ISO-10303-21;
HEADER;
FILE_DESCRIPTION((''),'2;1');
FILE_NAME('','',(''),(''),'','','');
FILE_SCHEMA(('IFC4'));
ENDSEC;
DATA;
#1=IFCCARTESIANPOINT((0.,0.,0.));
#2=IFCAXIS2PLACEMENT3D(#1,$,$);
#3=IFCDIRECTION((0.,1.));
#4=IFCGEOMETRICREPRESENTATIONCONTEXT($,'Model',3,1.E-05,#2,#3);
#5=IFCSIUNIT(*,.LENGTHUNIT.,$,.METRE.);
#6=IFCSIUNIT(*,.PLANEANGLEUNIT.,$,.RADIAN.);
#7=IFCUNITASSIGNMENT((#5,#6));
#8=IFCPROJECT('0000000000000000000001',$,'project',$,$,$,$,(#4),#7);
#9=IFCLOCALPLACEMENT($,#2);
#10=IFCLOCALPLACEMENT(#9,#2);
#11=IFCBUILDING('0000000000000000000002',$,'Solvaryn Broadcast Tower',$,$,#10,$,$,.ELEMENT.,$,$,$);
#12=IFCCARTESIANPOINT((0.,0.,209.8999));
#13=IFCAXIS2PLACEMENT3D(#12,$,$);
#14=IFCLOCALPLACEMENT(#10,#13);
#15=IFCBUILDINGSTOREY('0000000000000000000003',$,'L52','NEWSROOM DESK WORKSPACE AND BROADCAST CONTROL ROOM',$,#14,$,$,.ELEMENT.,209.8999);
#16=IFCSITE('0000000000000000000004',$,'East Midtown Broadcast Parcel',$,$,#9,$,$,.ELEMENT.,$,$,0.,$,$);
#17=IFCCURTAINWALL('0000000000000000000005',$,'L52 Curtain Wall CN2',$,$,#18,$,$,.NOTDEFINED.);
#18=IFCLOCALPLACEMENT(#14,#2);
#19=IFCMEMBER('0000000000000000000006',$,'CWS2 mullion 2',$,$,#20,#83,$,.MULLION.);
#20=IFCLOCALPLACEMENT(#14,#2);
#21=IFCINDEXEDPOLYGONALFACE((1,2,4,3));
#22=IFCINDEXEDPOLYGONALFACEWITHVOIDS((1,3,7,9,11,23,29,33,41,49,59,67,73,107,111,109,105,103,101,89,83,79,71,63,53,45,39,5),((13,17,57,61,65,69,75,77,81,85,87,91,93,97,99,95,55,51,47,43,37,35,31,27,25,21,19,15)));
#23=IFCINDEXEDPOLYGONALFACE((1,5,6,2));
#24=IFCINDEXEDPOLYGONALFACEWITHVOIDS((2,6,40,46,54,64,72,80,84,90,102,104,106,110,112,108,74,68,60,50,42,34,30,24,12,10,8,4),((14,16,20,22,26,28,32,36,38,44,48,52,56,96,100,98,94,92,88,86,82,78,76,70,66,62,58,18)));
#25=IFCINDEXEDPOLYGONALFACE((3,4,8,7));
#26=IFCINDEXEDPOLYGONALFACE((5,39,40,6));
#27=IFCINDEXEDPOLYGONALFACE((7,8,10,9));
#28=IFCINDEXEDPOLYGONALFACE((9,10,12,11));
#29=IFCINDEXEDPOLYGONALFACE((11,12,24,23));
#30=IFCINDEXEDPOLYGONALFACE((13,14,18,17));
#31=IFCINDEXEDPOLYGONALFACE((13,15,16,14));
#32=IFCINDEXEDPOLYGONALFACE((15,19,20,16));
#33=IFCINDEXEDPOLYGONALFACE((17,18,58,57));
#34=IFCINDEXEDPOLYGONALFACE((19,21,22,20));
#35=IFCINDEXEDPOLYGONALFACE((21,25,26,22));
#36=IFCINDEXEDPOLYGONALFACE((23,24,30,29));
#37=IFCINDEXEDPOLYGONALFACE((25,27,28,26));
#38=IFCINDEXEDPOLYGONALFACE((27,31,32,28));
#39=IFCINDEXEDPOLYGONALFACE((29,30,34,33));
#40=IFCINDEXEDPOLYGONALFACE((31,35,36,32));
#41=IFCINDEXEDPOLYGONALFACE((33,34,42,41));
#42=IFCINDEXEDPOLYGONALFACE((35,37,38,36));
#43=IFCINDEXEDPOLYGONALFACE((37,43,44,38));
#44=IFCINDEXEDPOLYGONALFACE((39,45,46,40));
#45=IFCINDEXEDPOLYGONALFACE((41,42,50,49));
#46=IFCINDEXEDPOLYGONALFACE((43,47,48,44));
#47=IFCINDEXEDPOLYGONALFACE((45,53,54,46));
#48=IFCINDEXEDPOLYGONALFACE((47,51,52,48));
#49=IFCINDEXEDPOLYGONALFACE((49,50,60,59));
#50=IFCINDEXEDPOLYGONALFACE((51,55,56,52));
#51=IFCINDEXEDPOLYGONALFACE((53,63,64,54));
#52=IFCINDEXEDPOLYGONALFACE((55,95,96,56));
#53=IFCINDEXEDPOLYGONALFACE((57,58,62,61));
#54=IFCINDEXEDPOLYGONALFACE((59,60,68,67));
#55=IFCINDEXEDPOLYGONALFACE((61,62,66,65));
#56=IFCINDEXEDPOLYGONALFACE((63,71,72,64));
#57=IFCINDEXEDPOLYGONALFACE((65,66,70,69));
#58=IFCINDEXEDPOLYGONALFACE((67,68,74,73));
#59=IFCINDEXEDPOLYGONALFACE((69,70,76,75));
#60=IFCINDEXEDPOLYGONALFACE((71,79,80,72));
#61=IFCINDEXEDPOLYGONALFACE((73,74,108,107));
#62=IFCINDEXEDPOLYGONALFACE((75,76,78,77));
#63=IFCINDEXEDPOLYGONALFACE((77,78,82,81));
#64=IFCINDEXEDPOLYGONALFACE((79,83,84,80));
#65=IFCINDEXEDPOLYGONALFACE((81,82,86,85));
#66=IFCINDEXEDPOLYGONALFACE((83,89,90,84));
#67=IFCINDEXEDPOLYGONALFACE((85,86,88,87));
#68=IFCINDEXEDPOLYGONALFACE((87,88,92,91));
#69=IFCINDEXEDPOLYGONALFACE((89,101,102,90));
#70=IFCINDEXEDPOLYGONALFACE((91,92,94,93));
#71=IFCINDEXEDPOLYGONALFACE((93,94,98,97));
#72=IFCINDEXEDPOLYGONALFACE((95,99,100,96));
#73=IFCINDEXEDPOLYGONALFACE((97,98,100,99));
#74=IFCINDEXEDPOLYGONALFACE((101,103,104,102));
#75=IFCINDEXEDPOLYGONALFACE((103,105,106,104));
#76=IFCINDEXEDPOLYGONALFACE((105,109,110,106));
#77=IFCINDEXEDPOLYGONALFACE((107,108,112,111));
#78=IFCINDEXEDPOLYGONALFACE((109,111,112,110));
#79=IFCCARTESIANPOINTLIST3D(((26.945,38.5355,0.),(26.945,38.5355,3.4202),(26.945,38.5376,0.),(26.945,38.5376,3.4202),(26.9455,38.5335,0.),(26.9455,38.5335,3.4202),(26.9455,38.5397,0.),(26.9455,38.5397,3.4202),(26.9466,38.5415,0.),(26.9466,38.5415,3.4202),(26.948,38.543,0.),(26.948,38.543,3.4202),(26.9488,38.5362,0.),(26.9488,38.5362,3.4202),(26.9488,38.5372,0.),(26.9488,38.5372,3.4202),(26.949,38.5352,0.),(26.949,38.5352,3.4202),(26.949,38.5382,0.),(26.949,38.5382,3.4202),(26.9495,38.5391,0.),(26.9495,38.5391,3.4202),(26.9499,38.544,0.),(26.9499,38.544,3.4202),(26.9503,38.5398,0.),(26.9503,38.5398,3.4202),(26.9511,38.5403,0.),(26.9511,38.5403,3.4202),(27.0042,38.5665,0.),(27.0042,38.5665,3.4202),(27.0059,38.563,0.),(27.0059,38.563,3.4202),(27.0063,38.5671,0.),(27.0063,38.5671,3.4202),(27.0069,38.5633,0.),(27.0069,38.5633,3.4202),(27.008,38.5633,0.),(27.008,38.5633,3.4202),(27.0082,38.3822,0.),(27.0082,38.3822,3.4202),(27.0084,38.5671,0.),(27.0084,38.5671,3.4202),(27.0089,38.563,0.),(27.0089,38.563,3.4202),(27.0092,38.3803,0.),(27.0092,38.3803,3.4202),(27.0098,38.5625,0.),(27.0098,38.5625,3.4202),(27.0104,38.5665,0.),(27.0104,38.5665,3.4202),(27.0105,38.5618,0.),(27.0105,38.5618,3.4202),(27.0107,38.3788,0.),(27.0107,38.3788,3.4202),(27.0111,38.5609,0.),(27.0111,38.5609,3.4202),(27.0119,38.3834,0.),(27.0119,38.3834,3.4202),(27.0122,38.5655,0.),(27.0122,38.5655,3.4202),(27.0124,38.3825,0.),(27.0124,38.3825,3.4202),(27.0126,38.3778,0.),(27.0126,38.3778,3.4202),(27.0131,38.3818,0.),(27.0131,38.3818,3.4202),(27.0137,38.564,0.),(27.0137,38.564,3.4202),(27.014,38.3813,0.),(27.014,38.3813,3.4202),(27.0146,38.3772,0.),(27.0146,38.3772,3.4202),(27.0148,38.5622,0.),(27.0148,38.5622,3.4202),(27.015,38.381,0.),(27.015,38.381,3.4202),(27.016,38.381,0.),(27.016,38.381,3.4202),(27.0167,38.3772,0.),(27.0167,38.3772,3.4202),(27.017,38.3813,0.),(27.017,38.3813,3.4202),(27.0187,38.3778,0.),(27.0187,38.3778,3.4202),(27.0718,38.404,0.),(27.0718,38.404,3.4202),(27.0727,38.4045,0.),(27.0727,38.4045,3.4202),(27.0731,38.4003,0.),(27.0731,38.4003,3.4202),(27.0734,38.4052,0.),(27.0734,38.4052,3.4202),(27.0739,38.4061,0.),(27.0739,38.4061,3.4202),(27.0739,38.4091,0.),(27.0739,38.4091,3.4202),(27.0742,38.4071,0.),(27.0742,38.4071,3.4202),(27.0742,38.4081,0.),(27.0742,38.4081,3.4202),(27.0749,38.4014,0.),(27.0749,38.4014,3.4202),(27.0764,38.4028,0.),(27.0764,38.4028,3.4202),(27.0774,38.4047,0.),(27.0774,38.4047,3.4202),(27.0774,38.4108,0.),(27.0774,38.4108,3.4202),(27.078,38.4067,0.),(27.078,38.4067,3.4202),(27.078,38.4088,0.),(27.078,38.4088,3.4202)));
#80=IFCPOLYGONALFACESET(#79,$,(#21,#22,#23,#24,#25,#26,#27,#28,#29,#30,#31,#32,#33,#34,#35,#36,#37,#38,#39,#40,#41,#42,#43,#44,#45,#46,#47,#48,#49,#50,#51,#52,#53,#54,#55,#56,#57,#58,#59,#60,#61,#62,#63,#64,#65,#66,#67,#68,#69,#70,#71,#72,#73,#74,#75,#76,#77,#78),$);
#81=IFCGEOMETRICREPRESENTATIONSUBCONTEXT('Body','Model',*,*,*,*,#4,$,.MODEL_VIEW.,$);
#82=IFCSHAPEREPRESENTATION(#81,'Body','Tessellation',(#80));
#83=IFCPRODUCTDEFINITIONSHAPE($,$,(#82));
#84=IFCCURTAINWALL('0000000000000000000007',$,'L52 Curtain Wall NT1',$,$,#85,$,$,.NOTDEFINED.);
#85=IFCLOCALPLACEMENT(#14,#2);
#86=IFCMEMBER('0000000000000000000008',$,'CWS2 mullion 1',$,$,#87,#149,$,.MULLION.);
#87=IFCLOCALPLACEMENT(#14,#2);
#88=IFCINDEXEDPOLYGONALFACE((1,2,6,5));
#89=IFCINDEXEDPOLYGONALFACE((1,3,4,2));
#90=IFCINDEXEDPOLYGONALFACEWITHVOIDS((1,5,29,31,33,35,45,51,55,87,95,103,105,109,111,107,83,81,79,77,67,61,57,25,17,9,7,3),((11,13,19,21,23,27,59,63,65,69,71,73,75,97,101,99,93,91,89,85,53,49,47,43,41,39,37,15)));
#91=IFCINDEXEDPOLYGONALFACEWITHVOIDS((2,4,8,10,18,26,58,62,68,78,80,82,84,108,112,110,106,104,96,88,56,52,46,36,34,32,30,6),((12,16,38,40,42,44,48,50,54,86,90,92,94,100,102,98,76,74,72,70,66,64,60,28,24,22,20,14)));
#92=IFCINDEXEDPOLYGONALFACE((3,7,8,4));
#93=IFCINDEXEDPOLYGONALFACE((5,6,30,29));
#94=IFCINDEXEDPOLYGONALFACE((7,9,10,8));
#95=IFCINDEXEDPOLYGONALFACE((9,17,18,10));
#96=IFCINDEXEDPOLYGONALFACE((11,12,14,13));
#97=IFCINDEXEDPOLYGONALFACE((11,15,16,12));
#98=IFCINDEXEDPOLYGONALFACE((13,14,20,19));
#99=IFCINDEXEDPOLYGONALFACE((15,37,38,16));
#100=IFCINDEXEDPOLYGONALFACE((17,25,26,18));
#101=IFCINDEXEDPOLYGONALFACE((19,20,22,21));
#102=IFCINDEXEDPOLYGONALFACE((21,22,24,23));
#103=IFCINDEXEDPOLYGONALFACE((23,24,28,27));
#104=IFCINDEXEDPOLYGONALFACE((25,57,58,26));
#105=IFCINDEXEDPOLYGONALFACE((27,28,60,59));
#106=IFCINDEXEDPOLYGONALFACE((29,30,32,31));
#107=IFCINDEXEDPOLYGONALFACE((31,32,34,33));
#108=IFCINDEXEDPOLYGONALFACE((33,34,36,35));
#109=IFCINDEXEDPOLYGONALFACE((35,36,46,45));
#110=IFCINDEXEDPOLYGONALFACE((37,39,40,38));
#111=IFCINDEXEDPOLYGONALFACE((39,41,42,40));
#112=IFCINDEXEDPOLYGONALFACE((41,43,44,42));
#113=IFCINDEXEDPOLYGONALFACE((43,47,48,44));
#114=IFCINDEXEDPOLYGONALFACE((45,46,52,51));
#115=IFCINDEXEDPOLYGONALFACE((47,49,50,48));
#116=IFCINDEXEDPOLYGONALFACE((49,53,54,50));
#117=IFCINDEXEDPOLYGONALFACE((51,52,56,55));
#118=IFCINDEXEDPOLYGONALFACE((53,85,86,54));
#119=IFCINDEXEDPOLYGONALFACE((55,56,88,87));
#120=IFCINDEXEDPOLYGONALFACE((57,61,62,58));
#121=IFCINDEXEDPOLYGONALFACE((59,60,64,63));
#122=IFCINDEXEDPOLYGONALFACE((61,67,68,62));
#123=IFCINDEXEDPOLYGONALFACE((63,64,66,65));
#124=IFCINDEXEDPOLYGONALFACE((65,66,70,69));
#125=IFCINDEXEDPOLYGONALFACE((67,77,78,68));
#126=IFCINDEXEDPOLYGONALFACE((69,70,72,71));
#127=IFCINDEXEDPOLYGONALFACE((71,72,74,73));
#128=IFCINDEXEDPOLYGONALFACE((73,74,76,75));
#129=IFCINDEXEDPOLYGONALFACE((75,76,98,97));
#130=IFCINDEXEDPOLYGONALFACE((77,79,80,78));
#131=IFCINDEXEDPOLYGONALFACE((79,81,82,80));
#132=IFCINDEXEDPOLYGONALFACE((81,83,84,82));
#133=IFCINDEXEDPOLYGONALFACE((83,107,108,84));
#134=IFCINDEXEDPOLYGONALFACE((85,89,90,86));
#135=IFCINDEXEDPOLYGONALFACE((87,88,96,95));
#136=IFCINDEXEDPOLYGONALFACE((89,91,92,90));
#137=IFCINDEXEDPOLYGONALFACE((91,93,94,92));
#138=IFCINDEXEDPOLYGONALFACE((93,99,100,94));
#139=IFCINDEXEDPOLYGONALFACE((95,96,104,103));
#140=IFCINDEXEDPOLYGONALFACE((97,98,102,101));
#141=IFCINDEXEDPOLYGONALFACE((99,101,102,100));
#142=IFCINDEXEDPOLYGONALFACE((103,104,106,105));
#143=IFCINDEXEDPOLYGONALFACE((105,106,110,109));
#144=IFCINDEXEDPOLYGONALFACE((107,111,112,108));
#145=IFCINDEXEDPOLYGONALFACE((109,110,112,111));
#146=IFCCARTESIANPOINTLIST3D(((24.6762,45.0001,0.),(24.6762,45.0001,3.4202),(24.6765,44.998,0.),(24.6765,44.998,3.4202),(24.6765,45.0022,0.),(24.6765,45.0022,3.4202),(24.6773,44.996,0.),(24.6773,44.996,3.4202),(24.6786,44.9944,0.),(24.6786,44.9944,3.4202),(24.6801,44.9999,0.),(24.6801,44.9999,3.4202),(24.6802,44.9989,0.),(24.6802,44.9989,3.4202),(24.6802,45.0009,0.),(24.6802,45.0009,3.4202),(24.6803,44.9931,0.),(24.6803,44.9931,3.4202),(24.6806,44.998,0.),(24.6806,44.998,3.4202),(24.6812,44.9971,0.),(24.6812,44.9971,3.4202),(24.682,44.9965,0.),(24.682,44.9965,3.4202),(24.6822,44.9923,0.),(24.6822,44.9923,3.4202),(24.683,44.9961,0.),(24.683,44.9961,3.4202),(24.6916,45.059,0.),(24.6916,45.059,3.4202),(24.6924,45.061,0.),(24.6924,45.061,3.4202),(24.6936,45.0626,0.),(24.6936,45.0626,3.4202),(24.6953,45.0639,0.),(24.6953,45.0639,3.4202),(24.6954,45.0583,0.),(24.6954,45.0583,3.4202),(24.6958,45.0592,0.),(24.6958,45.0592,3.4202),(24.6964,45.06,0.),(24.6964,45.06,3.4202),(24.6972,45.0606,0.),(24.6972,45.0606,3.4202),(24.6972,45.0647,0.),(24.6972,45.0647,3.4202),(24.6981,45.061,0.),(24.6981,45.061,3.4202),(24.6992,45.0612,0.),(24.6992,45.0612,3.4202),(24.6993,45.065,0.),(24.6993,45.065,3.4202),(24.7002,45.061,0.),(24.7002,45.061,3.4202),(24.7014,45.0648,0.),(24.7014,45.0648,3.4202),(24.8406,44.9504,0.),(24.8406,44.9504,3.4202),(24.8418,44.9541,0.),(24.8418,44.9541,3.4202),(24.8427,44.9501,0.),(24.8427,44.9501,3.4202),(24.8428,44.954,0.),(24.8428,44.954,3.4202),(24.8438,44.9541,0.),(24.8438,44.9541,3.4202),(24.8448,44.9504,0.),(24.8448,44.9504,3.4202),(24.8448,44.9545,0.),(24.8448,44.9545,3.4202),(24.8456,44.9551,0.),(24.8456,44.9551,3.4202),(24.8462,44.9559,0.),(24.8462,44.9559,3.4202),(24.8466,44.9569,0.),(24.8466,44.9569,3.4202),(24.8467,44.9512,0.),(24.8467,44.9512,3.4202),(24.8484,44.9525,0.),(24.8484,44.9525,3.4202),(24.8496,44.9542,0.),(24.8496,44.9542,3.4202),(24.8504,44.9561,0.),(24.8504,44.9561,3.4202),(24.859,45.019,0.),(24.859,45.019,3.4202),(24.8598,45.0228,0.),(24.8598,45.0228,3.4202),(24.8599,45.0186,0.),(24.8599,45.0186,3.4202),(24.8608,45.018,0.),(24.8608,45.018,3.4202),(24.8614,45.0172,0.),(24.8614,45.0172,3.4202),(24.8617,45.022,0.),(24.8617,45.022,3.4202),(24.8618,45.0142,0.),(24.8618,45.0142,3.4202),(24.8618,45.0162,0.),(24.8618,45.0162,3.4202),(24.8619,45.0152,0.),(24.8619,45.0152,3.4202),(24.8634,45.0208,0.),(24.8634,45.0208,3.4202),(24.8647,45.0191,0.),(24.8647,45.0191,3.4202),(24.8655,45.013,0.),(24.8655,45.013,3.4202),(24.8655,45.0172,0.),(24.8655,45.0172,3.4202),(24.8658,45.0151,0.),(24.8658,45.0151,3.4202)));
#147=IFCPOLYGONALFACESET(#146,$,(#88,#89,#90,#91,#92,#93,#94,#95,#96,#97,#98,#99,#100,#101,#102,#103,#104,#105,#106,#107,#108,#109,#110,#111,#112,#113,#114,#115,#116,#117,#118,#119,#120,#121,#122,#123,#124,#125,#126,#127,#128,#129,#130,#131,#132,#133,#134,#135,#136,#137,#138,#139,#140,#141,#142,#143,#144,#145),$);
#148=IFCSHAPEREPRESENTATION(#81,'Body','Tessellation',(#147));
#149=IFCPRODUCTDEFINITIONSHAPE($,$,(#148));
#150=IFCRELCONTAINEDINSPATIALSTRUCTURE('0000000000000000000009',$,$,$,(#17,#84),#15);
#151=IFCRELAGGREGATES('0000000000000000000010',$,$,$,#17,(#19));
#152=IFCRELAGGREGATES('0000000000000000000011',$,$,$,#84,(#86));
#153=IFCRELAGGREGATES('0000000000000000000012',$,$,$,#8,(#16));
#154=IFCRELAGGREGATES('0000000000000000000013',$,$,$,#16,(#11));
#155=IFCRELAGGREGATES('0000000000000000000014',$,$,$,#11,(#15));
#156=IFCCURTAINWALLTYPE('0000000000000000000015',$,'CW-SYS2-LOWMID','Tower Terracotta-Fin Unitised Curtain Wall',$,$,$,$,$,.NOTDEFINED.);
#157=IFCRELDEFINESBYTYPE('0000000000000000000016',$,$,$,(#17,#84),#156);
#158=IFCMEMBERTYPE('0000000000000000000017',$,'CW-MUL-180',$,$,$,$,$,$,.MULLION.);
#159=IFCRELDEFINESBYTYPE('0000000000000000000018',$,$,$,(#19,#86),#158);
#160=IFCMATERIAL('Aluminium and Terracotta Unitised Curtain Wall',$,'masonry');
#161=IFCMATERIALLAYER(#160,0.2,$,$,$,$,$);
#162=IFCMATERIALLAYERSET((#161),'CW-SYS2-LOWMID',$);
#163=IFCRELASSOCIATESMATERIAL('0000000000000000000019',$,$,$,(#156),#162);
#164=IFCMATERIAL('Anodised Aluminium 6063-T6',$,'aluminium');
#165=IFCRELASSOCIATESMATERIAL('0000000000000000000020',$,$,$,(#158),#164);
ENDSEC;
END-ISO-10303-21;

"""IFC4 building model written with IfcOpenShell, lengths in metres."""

from ifc_helpers import new_model, si_unit, direction, frame, origin, origin_2d, place, context, subcontext, project, spatial, hollow_rectangle, extrude, material, layer, layer_set, material_profile, profile_set, type_object, element, aggregate, save


model = new_model("IFC4")

# Units and contexts
model_context = context("Model", 3, precision=1e-05, world=origin(), true_north=direction((0.0, 1.0)))
body_context = subcontext(model_context, "Body", "Model", "MODEL_VIEW")
ifc_project = project(units=[si_unit("LENGTHUNIT", "METRE"), si_unit("PLANEANGLEUNIT", "RADIAN")], contexts=[model_context])

# Site, building, storey
site_placement = place(None, origin())
site = spatial("IfcSite", under=ifc_project, at=site_placement, Name="East Midtown Broadcast Parcel", CompositionType="ELEMENT", RefElevation=0.0)
building_placement = place(site_placement, origin())
building = spatial("IfcBuilding", under=site, at=building_placement, Name="Solvaryn Broadcast Tower", CompositionType="ELEMENT")
storey_placement = place(building_placement, frame((0.0, 0.0, 209.8999)))
storey = spatial("IfcBuildingStorey", under=building, at=storey_placement, Name="L52", Description="NEWSROOM DESK WORKSPACE AND BROADCAST CONTROL ROOM", CompositionType="ELEMENT", Elevation=209.8999)

# Shared definitions
ifc_material_1 = material(Name="Aluminium and Terracotta Unitised Curtain Wall", Category="masonry")
ifc_layer_1 = layer(ifc_material_1, 0.2)
ifc_layer_set_1 = layer_set([ifc_layer_1], Name="CW-SYS2-LOWMID")
curtain_wall_type = type_object("IfcCurtainWallType", Name="CW-SYS2-LOWMID", Description="Tower Terracotta-Fin Unitised Curtain Wall", PredefinedType="NOTDEFINED", material=ifc_layer_set_1)
ifc_material_2 = material(Name="Anodised Aluminium 6063-T6", Category="aluminium")
ifc_material_profile_1 = material_profile(ifc_material_2, hollow_rectangle(XDim=0.075, YDim=0.1799, WallThickness=0.0039, InnerFilletRadius=0.0039, OuterFilletRadius=0.0081, at=origin_2d()))
ifc_profile_set_1 = profile_set([ifc_material_profile_1], Name="Anodised Aluminium 6063-T6")
member_type_1 = type_object("IfcMemberType", Name="CW-MUL-180", PredefinedType="MULLION", material=ifc_profile_set_1)

# Curtain walls, members
curtain_wall_1_placement = place(storey_placement, origin())
curtain_wall_1 = element("IfcCurtainWall", 1, at=curtain_wall_1_placement, inside=storey, type_object=curtain_wall_type, Name="L52 Curtain Wall CN2", PredefinedType="NOTDEFINED")
member_1_placement = place(storey_placement, frame((27.0115, 38.4722, 0.0), z_axis=(0.0, 0.0, 1.0), x_axis=(-0.923895, -0.382646, 0.0)))
member_1 = element("IfcMember", 2, at=member_1_placement, type_object=member_type_1, Name="CWS2 mullion 2", PredefinedType="MULLION", context=body_context, shape_type="SweptSolid", body=[
    extrude(hollow_rectangle(XDim=0.075, YDim=0.1799, WallThickness=0.0039, InnerFilletRadius=0.0039, OuterFilletRadius=0.0081, at=origin_2d()), origin(), (0.0, 0.0, 1.0), 3.4202),
])
aggregate(curtain_wall_1, [member_1])
curtain_wall_2_placement = place(storey_placement, origin())
curtain_wall_2 = element("IfcCurtainWall", 3, at=curtain_wall_2_placement, inside=storey, type_object=curtain_wall_type, Name="L52 Curtain Wall NT1", PredefinedType="NOTDEFINED")
member_2_placement = place(storey_placement, frame((24.771, 45.0076, 0.0), z_axis=(0.0, 0.0, 1.0), x_axis=(-0.255893, -0.966705, 0.0)))
member_2 = element("IfcMember", 4, at=member_2_placement, type_object=member_type_1, Name="CWS2 mullion 1", PredefinedType="MULLION", context=body_context, shape_type="SweptSolid", body=[
    extrude(hollow_rectangle(XDim=0.075, YDim=0.1799, WallThickness=0.0039, InnerFilletRadius=0.0039, OuterFilletRadius=0.0081, at=origin_2d()), origin(), (0.0, 0.0, 1.0), 3.4202),
])

aggregate(curtain_wall_2, [member_2])

save(model, "model.ifc")
